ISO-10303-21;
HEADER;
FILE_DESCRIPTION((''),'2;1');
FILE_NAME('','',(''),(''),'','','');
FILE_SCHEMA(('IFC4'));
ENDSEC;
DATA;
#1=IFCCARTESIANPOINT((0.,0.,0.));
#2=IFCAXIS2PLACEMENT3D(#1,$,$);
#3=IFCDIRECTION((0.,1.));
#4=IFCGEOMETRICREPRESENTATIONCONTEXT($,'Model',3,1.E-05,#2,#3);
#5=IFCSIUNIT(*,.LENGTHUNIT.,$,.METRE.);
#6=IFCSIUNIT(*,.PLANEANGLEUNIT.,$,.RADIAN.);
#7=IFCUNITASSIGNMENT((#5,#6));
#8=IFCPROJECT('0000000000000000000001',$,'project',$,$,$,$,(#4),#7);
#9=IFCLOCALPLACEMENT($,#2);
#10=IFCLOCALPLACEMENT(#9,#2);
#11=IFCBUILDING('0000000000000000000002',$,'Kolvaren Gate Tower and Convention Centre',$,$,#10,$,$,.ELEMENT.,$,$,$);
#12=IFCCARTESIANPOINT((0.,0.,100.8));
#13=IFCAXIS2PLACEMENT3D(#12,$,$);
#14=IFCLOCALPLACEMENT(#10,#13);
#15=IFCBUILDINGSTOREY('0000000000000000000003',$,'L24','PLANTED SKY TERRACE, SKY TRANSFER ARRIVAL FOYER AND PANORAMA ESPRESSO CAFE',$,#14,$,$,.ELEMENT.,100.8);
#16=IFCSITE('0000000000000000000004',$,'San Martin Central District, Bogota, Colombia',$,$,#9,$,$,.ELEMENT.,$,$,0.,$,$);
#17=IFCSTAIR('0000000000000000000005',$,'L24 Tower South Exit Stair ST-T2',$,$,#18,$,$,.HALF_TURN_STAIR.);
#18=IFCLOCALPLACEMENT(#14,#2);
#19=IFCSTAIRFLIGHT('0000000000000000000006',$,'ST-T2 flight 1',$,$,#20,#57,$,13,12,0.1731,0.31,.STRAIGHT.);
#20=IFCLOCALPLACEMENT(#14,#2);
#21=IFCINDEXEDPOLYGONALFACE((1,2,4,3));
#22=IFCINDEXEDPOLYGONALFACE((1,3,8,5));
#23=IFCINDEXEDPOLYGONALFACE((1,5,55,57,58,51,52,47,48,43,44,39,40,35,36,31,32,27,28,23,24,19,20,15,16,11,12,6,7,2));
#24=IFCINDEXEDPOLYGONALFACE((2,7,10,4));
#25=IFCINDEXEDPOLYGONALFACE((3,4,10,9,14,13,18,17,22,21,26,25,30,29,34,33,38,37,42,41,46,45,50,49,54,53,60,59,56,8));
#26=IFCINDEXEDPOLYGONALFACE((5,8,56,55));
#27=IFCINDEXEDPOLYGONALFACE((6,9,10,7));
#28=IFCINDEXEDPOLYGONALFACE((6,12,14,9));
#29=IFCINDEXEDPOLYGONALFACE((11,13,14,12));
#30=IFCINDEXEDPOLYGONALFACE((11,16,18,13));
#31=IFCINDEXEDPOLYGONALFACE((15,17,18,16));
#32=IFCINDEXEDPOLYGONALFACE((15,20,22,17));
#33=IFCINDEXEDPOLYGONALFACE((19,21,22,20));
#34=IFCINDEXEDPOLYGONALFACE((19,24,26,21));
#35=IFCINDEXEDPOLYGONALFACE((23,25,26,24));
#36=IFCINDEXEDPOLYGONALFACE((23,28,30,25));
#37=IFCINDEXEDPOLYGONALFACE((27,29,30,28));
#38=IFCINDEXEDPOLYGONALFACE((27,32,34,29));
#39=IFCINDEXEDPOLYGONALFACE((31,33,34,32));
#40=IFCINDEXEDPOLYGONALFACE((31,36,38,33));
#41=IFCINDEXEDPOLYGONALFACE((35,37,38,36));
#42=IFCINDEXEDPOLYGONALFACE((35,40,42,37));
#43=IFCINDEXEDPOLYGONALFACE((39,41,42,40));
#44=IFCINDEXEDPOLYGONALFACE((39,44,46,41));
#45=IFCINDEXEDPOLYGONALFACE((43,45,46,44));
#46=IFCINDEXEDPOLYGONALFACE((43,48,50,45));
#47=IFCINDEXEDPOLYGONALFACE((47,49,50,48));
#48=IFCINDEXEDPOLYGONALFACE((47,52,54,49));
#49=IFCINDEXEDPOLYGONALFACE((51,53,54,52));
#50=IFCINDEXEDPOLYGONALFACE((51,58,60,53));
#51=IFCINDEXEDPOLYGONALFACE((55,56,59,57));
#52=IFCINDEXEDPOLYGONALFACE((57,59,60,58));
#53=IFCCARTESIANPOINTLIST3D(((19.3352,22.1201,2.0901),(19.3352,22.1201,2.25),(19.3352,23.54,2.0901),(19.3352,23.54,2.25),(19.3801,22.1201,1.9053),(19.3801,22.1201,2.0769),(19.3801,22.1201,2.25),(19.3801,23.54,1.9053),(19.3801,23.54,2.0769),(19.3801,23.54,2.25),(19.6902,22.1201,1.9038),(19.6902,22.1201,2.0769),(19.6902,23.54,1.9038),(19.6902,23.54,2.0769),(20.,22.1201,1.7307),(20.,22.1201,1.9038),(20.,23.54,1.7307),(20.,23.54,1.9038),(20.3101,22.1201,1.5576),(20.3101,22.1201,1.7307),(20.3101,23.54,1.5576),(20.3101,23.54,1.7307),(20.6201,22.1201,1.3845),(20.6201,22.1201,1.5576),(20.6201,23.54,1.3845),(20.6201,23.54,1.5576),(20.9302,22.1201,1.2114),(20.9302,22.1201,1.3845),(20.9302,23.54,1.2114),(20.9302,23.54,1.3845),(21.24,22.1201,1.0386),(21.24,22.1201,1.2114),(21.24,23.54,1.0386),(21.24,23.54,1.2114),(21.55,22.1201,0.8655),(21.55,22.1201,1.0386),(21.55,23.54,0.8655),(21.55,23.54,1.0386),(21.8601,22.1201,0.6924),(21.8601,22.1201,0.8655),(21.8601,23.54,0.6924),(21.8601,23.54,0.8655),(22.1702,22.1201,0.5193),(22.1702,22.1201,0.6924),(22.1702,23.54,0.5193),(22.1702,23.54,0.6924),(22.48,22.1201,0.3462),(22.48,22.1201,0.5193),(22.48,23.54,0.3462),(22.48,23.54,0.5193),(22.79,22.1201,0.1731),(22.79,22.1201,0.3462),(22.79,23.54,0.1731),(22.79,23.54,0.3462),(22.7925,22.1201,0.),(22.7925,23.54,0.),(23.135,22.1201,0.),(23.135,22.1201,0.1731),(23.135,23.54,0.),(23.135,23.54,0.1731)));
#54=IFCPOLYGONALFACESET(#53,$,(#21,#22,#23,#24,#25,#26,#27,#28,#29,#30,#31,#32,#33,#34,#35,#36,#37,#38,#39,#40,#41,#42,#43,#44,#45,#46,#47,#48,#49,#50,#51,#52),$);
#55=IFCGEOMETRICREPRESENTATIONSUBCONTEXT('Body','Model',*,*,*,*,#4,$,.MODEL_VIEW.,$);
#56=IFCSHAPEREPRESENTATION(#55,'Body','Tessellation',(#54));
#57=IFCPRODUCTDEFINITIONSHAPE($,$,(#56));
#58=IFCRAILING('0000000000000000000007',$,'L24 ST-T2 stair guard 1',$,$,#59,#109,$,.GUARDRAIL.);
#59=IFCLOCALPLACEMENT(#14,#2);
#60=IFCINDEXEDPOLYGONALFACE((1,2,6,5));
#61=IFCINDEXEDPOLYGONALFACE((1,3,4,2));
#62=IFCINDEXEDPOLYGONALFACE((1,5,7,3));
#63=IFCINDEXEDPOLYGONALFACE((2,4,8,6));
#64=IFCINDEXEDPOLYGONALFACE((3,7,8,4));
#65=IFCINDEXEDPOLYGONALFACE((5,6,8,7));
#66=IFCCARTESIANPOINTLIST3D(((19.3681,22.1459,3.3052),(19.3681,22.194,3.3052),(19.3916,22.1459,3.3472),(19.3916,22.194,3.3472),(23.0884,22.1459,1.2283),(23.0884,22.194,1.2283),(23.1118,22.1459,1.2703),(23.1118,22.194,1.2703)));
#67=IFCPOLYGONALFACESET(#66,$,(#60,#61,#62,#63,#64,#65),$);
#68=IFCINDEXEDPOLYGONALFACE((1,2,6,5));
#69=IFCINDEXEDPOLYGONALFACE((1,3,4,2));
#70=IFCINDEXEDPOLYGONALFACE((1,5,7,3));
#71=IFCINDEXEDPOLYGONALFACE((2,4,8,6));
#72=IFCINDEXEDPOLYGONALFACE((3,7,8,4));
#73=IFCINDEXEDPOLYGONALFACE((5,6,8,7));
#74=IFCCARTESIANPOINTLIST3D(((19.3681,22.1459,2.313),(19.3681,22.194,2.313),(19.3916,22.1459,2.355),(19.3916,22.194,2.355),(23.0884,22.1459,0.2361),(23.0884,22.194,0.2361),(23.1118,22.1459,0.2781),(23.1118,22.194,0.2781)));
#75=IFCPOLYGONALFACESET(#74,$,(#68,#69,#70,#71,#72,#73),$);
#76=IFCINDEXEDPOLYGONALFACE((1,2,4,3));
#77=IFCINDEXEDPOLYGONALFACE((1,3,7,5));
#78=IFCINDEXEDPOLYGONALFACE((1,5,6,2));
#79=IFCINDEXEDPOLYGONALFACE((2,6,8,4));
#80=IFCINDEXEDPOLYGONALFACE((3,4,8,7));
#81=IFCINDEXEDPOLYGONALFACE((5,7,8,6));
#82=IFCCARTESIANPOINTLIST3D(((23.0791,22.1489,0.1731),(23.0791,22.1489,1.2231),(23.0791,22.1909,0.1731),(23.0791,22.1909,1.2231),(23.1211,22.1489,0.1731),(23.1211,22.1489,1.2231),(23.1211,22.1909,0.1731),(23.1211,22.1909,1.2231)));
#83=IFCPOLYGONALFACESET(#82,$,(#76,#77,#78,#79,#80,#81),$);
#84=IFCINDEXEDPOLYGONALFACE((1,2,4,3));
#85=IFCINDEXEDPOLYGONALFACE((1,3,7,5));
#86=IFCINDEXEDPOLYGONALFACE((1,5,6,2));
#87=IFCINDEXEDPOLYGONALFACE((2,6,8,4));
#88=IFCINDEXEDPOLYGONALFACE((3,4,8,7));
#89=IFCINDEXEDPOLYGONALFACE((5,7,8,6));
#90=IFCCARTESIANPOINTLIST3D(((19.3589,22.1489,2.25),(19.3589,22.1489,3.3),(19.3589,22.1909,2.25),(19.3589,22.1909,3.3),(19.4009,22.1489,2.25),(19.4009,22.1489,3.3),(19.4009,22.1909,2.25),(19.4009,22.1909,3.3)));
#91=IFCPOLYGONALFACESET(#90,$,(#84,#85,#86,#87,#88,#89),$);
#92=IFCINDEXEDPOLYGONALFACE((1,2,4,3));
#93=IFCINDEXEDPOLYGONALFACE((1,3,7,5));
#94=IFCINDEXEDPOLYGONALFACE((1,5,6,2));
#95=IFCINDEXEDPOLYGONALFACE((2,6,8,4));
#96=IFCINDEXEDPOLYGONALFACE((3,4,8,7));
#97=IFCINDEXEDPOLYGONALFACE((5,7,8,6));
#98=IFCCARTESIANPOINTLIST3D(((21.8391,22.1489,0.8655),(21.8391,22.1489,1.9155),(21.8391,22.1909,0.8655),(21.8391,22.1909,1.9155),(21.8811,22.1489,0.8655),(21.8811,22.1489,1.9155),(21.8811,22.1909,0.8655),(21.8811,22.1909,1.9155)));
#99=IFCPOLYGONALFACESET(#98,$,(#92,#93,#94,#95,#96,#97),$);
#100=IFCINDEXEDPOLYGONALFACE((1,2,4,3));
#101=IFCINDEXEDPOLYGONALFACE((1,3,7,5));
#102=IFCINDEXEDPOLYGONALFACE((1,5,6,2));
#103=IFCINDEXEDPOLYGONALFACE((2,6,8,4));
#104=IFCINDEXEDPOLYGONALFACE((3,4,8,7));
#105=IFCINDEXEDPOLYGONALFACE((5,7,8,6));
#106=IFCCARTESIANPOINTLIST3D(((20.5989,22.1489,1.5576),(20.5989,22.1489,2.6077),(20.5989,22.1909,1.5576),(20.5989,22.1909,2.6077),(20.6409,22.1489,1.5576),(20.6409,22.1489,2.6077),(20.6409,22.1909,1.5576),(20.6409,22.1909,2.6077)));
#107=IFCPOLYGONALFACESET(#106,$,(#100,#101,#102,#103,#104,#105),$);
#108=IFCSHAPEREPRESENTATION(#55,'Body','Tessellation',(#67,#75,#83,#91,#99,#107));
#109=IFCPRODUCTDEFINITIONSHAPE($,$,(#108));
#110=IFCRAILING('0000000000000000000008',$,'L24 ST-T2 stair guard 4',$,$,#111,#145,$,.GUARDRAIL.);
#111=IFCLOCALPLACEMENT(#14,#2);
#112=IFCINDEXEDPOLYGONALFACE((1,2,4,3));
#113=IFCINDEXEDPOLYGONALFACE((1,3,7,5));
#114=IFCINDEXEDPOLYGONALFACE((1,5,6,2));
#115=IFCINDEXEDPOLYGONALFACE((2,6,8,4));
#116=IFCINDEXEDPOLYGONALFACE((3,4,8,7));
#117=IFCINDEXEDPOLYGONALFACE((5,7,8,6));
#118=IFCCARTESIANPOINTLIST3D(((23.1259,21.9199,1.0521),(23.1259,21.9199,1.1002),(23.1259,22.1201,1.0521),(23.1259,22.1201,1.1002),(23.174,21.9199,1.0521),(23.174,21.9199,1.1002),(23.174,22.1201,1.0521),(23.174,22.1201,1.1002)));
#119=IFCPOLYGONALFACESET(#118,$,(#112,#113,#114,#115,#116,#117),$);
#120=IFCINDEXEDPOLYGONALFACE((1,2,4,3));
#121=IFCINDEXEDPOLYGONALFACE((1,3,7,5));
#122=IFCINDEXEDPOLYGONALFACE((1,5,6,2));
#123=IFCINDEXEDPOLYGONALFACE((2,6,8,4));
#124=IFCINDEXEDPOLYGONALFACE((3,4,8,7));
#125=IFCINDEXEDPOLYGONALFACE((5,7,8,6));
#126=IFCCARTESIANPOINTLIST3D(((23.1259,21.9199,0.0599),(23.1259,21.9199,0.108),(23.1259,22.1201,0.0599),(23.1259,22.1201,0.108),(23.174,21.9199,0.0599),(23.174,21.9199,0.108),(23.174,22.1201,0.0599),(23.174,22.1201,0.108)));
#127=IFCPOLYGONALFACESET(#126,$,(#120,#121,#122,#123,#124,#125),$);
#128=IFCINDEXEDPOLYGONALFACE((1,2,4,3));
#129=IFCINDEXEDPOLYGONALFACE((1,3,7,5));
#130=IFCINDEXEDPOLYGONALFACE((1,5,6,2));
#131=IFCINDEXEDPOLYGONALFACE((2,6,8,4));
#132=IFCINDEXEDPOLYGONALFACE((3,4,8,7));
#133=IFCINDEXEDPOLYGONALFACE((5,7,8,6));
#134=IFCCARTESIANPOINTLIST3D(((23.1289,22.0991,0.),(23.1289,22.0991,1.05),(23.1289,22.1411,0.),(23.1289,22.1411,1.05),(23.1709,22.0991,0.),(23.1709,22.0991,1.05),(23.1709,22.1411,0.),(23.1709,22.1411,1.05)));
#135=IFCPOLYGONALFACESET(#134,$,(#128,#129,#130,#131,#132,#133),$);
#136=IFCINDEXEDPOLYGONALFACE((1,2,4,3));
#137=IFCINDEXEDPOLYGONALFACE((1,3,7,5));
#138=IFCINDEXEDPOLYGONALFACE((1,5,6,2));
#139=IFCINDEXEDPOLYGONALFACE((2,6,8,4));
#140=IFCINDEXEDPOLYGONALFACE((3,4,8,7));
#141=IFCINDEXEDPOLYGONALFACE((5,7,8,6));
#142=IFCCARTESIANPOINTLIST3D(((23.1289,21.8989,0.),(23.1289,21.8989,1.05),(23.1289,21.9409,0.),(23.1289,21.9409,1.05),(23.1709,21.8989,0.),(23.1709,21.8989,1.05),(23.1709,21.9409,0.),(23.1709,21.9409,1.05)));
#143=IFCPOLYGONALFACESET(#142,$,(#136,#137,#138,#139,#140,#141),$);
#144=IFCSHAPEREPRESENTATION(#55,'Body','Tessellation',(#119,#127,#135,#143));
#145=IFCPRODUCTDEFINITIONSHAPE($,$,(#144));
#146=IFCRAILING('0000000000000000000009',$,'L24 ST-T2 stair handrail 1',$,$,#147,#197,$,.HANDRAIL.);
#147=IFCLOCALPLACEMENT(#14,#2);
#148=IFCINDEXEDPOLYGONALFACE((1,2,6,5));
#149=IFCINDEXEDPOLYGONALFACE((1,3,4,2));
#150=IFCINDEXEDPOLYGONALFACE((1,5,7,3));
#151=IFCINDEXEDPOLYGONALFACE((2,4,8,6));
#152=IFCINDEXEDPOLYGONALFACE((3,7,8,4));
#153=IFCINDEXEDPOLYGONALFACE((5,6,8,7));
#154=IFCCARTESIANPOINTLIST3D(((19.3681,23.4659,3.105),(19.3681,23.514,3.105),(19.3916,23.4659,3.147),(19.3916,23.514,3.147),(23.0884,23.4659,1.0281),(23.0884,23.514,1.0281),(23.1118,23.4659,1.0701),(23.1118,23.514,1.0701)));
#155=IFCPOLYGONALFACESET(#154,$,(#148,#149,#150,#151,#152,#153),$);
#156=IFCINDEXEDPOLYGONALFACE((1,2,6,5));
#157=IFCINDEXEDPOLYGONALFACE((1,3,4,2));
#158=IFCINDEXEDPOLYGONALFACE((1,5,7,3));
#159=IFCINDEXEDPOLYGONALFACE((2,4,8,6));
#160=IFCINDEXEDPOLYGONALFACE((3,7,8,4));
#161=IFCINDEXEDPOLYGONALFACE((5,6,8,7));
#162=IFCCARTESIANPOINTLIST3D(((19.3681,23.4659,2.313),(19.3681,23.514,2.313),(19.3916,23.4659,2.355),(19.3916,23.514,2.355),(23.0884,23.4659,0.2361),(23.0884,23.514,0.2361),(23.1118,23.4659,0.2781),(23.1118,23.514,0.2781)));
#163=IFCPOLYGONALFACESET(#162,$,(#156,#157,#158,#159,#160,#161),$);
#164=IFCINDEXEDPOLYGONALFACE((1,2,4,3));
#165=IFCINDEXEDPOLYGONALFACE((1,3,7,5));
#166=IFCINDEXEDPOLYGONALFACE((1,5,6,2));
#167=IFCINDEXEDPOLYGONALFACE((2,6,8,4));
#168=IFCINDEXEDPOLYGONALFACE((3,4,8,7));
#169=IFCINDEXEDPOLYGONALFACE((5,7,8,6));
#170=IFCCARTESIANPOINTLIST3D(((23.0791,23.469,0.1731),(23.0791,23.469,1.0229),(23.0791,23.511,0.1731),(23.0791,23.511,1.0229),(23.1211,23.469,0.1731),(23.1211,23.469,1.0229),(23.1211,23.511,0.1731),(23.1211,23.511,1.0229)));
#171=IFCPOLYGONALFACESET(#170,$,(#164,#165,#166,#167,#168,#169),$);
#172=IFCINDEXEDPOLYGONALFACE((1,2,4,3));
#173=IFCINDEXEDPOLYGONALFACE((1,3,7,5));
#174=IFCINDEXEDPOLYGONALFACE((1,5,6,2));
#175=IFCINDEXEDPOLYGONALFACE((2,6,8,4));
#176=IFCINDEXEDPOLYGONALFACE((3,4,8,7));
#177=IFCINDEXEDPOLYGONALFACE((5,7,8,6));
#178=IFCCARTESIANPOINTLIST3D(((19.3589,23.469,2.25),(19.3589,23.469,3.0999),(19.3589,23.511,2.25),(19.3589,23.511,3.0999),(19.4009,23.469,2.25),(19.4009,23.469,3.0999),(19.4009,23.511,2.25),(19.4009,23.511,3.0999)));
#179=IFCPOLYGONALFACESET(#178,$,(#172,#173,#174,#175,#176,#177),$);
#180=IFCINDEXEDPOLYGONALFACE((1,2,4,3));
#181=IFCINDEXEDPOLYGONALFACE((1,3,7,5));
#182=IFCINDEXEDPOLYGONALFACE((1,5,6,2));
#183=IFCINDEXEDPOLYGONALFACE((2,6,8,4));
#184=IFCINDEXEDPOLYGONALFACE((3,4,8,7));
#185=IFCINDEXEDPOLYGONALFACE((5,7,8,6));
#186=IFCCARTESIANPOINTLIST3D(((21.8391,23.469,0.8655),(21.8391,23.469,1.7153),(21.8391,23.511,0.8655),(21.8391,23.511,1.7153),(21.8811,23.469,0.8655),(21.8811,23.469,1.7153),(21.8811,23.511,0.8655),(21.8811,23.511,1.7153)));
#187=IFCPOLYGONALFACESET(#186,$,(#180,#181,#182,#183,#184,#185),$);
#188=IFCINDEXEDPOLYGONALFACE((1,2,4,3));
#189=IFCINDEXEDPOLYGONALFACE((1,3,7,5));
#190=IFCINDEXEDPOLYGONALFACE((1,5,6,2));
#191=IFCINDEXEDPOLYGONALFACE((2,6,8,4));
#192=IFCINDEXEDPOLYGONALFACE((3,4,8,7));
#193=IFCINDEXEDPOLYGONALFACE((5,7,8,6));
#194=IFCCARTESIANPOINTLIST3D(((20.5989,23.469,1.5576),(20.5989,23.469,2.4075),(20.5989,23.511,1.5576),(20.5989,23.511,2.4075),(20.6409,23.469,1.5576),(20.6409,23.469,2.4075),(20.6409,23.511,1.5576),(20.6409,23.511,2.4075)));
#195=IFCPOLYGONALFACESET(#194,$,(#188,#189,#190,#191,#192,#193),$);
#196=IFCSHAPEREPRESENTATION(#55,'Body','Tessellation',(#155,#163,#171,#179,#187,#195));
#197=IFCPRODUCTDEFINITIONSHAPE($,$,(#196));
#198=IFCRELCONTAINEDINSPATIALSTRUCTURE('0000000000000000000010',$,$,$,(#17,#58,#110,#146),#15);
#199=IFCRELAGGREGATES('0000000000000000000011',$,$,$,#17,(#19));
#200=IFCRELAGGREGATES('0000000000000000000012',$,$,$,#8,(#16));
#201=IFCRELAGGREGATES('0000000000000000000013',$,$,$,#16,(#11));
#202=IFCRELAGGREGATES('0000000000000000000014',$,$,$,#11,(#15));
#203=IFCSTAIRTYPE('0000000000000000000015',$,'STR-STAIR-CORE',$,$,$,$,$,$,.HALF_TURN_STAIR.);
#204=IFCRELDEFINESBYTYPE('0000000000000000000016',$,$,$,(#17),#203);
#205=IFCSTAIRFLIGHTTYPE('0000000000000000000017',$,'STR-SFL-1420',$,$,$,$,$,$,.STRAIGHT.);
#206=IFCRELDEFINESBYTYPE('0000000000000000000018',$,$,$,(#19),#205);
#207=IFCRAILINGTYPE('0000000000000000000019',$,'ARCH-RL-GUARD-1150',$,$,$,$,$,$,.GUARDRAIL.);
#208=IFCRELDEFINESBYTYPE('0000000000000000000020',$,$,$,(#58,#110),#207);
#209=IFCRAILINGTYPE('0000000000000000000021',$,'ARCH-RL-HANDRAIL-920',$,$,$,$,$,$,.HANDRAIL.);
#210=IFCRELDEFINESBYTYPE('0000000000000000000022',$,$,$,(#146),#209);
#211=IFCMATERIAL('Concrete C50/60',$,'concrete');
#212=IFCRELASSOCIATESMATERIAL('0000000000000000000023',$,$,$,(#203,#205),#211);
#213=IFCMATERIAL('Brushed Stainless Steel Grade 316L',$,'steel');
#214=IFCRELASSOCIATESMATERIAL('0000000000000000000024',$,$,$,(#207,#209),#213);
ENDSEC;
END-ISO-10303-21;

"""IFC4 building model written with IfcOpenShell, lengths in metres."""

from ifc_helpers import new_model, si_unit, direction, frame, origin, origin_2d, place, context, subcontext, project, spatial, polyline, rectangle, outline, extrude, material, type_object, element, aggregate, save


model = new_model("IFC4")

# Units and contexts
model_context = context("Model", 3, precision=1e-05, world=origin(), true_north=direction((0.0, 1.0)))
body_context = subcontext(model_context, "Body", "Model", "MODEL_VIEW")
ifc_project = project(units=[si_unit("LENGTHUNIT", "METRE"), si_unit("PLANEANGLEUNIT", "RADIAN")], contexts=[model_context])

# Site, building, storey
site_placement = place(None, origin())
site = spatial("IfcSite", under=ifc_project, at=site_placement, Name="San Martin Central District, Bogota, Colombia", CompositionType="ELEMENT", RefElevation=0.0)
building_placement = place(site_placement, origin())
building = spatial("IfcBuilding", under=site, at=building_placement, Name="Kolvaren Gate Tower and Convention Centre", CompositionType="ELEMENT")
storey_placement = place(building_placement, frame((0.0, 0.0, 100.8)))
storey = spatial("IfcBuildingStorey", under=building, at=storey_placement, Name="L24", Description="PLANTED SKY TERRACE, SKY TRANSFER ARRIVAL FOYER AND PANORAMA ESPRESSO CAFE", CompositionType="ELEMENT", Elevation=100.8)

# Shared definitions
ifc_material_1 = material(Name="Brushed Stainless Steel Grade 316L", Category="steel")

# Shared definitions
ifc_material_2 = material(Name="Concrete C50/60", Category="concrete")

# Stair, stair flight
stair_type = type_object("IfcStairType", Name="STR-STAIR-CORE", PredefinedType="HALF_TURN_STAIR", material=ifc_material_2)
stair_placement = place(storey_placement, origin())
stair = element("IfcStair", 1, at=stair_placement, inside=storey, type_object=stair_type, Name="L24 Tower South Exit Stair ST-T2", PredefinedType="HALF_TURN_STAIR")
stair_flight_type = type_object("IfcStairFlightType", Name="STR-SFL-1420", PredefinedType="STRAIGHT", material=ifc_material_2)
stair_flight_placement = place(storey_placement, frame((23.1001, 22.8301, 0.0), z_axis=(0.0, 0.0, 1.0), x_axis=(-1.0, 0.0, 0.0)))
stair_flight = element("IfcStairFlight", 2, at=stair_flight_placement, type_object=stair_flight_type, Name="ST-T2 flight 1", NumberOfRisers=13, NumberOfTreads=12, PredefinedType="STRAIGHT", RiserHeight=0.1731, TreadLength=0.31, context=body_context, shape_type="SweptSolid", body=[
    extrude(outline(polyline([(-0.0349, 0.0), (-0.0349, 0.1731), (0.3101, 0.1731), (0.3101, 0.3462), (0.6201, 0.3462), (0.6201, 0.5193), (0.9299, 0.5193), (0.9299, 0.6924), (1.24, 0.6924), (1.24, 0.8655), (1.55, 0.8655), (1.55, 1.0386), (1.8601, 1.0386), (1.8601, 1.2114), (2.1699, 1.2114), (2.1699, 1.3845), (2.48, 1.3845), (2.48, 1.5576), (2.79, 1.5576), (2.79, 1.7307), (3.1001, 1.7307), (3.1001, 1.9038), (3.4099, 1.9038), (3.4099, 2.0769), (3.72, 2.0769), (3.72, 2.25), (3.7649, 2.25), (3.7649, 2.0901), (3.72, 1.9053), (0.3076, 0.0), (-0.0349, 0.0)])), frame((0.0, 0.71, 0.0), z_axis=(0.0, -1.0, 0.0), x_axis=(1.0, 0.0, 0.0)), (0.0, 0.0, 1.0), 1.4199),
])
aggregate(stair, [stair_flight])

# Railings
railing_type_1 = type_object("IfcRailingType", Name="ARCH-RL-GUARD-1150", PredefinedType="GUARDRAIL", material=ifc_material_1)
railing_1_placement = place(storey_placement, frame((23.1001, 22.1699, 0.1731)))
element("IfcRailing", 3, at=railing_1_placement, inside=storey, type_object=railing_type_1, Name="L24 ST-T2 stair guard 1", PredefinedType="GUARDRAIL", context=body_context, shape_type="SweptSolid", body=[
    extrude(rectangle(XDim=0.0481, YDim=0.0481, at=origin_2d()), frame((0.0, 0.0, 1.0762), z_axis=(-0.873147, 0.0, 0.487457), x_axis=(0.0, -1.0, 0.0)), (0.0, 0.0, 1.0), 4.2607),
    extrude(rectangle(XDim=0.0481, YDim=0.0481, at=origin_2d()), frame((0.0, 0.0, 0.084), z_axis=(-0.873147, 0.0, 0.487457), x_axis=(0.0, -1.0, 0.0)), (0.0, 0.0, 1.0), 4.2607),
    extrude(rectangle(XDim=0.042, YDim=0.042, at=origin_2d()), origin(), (0.0, 0.0, 1.0), 1.05),
    extrude(rectangle(XDim=0.042, YDim=0.042, at=origin_2d()), frame((-3.7202, 0.0, 2.0769)), (0.0, 0.0, 1.0), 1.05),
    extrude(rectangle(XDim=0.042, YDim=0.042, at=origin_2d()), frame((-1.24, 0.0, 0.6924)), (0.0, 0.0, 1.0), 1.05),
    extrude(rectangle(XDim=0.042, YDim=0.042, at=origin_2d()), frame((-2.4802, 0.0, 1.3845)), (0.0, 0.0, 1.0), 1.05),
])
railing_2_placement = place(storey_placement, frame((23.1499, 22.1201, 0.0)))
element("IfcRailing", 4, at=railing_2_placement, inside=storey, type_object=railing_type_1, Name="L24 ST-T2 stair guard 4", PredefinedType="GUARDRAIL", context=body_context, shape_type="SweptSolid", body=[
    extrude(rectangle(XDim=0.0481, YDim=0.0481, at=origin_2d()), frame((0.0, 0.0, 1.0762), z_axis=(0.0, -1.0, 0.0), x_axis=(1.0, 0.0, 0.0)), (0.0, 0.0, 1.0), 0.2002),
    extrude(rectangle(XDim=0.0481, YDim=0.0481, at=origin_2d()), frame((0.0, 0.0, 0.084), z_axis=(0.0, -1.0, 0.0), x_axis=(1.0, 0.0, 0.0)), (0.0, 0.0, 1.0), 0.2002),
    extrude(rectangle(XDim=0.042, YDim=0.042, at=origin_2d()), origin(), (0.0, 0.0, 1.0), 1.05),
    extrude(rectangle(XDim=0.042, YDim=0.042, at=origin_2d()), frame((0.0, -0.2002, 0.0)), (0.0, 0.0, 1.0), 1.05),
])
railing_type_2 = type_object("IfcRailingType", Name="ARCH-RL-HANDRAIL-920", PredefinedType="HANDRAIL", material=ifc_material_1)
railing_3_placement = place(storey_placement, frame((23.1001, 23.49, 0.1731)))
element("IfcRailing", 5, at=railing_3_placement, inside=storey, type_object=railing_type_2, Name="L24 ST-T2 stair handrail 1", PredefinedType="HANDRAIL", context=body_context, shape_type="SweptSolid", body=[
    extrude(rectangle(XDim=0.0481, YDim=0.0481, at=origin_2d()), frame((0.0, 0.0, 0.876), z_axis=(-0.873147, 0.0, 0.487457), x_axis=(0.0, -1.0, 0.0)), (0.0, 0.0, 1.0), 4.2607),
    extrude(rectangle(XDim=0.0481, YDim=0.0481, at=origin_2d()), frame((0.0, 0.0, 0.084), z_axis=(-0.873147, 0.0, 0.487457), x_axis=(0.0, -1.0, 0.0)), (0.0, 0.0, 1.0), 4.2607),
    extrude(rectangle(XDim=0.042, YDim=0.042, at=origin_2d()), origin(), (0.0, 0.0, 1.0), 0.8499),
    extrude(rectangle(XDim=0.042, YDim=0.042, at=origin_2d()), frame((-3.7202, 0.0, 2.0769)), (0.0, 0.0, 1.0), 0.8499),
    extrude(rectangle(XDim=0.042, YDim=0.042, at=origin_2d()), frame((-1.24, 0.0, 0.6924)), (0.0, 0.0, 1.0), 0.8499),
    extrude(rectangle(XDim=0.042, YDim=0.042, at=origin_2d()), frame((-2.4802, 0.0, 1.3845)), (0.0, 0.0, 1.0), 0.8499),
])

save(model, "model.ifc")
